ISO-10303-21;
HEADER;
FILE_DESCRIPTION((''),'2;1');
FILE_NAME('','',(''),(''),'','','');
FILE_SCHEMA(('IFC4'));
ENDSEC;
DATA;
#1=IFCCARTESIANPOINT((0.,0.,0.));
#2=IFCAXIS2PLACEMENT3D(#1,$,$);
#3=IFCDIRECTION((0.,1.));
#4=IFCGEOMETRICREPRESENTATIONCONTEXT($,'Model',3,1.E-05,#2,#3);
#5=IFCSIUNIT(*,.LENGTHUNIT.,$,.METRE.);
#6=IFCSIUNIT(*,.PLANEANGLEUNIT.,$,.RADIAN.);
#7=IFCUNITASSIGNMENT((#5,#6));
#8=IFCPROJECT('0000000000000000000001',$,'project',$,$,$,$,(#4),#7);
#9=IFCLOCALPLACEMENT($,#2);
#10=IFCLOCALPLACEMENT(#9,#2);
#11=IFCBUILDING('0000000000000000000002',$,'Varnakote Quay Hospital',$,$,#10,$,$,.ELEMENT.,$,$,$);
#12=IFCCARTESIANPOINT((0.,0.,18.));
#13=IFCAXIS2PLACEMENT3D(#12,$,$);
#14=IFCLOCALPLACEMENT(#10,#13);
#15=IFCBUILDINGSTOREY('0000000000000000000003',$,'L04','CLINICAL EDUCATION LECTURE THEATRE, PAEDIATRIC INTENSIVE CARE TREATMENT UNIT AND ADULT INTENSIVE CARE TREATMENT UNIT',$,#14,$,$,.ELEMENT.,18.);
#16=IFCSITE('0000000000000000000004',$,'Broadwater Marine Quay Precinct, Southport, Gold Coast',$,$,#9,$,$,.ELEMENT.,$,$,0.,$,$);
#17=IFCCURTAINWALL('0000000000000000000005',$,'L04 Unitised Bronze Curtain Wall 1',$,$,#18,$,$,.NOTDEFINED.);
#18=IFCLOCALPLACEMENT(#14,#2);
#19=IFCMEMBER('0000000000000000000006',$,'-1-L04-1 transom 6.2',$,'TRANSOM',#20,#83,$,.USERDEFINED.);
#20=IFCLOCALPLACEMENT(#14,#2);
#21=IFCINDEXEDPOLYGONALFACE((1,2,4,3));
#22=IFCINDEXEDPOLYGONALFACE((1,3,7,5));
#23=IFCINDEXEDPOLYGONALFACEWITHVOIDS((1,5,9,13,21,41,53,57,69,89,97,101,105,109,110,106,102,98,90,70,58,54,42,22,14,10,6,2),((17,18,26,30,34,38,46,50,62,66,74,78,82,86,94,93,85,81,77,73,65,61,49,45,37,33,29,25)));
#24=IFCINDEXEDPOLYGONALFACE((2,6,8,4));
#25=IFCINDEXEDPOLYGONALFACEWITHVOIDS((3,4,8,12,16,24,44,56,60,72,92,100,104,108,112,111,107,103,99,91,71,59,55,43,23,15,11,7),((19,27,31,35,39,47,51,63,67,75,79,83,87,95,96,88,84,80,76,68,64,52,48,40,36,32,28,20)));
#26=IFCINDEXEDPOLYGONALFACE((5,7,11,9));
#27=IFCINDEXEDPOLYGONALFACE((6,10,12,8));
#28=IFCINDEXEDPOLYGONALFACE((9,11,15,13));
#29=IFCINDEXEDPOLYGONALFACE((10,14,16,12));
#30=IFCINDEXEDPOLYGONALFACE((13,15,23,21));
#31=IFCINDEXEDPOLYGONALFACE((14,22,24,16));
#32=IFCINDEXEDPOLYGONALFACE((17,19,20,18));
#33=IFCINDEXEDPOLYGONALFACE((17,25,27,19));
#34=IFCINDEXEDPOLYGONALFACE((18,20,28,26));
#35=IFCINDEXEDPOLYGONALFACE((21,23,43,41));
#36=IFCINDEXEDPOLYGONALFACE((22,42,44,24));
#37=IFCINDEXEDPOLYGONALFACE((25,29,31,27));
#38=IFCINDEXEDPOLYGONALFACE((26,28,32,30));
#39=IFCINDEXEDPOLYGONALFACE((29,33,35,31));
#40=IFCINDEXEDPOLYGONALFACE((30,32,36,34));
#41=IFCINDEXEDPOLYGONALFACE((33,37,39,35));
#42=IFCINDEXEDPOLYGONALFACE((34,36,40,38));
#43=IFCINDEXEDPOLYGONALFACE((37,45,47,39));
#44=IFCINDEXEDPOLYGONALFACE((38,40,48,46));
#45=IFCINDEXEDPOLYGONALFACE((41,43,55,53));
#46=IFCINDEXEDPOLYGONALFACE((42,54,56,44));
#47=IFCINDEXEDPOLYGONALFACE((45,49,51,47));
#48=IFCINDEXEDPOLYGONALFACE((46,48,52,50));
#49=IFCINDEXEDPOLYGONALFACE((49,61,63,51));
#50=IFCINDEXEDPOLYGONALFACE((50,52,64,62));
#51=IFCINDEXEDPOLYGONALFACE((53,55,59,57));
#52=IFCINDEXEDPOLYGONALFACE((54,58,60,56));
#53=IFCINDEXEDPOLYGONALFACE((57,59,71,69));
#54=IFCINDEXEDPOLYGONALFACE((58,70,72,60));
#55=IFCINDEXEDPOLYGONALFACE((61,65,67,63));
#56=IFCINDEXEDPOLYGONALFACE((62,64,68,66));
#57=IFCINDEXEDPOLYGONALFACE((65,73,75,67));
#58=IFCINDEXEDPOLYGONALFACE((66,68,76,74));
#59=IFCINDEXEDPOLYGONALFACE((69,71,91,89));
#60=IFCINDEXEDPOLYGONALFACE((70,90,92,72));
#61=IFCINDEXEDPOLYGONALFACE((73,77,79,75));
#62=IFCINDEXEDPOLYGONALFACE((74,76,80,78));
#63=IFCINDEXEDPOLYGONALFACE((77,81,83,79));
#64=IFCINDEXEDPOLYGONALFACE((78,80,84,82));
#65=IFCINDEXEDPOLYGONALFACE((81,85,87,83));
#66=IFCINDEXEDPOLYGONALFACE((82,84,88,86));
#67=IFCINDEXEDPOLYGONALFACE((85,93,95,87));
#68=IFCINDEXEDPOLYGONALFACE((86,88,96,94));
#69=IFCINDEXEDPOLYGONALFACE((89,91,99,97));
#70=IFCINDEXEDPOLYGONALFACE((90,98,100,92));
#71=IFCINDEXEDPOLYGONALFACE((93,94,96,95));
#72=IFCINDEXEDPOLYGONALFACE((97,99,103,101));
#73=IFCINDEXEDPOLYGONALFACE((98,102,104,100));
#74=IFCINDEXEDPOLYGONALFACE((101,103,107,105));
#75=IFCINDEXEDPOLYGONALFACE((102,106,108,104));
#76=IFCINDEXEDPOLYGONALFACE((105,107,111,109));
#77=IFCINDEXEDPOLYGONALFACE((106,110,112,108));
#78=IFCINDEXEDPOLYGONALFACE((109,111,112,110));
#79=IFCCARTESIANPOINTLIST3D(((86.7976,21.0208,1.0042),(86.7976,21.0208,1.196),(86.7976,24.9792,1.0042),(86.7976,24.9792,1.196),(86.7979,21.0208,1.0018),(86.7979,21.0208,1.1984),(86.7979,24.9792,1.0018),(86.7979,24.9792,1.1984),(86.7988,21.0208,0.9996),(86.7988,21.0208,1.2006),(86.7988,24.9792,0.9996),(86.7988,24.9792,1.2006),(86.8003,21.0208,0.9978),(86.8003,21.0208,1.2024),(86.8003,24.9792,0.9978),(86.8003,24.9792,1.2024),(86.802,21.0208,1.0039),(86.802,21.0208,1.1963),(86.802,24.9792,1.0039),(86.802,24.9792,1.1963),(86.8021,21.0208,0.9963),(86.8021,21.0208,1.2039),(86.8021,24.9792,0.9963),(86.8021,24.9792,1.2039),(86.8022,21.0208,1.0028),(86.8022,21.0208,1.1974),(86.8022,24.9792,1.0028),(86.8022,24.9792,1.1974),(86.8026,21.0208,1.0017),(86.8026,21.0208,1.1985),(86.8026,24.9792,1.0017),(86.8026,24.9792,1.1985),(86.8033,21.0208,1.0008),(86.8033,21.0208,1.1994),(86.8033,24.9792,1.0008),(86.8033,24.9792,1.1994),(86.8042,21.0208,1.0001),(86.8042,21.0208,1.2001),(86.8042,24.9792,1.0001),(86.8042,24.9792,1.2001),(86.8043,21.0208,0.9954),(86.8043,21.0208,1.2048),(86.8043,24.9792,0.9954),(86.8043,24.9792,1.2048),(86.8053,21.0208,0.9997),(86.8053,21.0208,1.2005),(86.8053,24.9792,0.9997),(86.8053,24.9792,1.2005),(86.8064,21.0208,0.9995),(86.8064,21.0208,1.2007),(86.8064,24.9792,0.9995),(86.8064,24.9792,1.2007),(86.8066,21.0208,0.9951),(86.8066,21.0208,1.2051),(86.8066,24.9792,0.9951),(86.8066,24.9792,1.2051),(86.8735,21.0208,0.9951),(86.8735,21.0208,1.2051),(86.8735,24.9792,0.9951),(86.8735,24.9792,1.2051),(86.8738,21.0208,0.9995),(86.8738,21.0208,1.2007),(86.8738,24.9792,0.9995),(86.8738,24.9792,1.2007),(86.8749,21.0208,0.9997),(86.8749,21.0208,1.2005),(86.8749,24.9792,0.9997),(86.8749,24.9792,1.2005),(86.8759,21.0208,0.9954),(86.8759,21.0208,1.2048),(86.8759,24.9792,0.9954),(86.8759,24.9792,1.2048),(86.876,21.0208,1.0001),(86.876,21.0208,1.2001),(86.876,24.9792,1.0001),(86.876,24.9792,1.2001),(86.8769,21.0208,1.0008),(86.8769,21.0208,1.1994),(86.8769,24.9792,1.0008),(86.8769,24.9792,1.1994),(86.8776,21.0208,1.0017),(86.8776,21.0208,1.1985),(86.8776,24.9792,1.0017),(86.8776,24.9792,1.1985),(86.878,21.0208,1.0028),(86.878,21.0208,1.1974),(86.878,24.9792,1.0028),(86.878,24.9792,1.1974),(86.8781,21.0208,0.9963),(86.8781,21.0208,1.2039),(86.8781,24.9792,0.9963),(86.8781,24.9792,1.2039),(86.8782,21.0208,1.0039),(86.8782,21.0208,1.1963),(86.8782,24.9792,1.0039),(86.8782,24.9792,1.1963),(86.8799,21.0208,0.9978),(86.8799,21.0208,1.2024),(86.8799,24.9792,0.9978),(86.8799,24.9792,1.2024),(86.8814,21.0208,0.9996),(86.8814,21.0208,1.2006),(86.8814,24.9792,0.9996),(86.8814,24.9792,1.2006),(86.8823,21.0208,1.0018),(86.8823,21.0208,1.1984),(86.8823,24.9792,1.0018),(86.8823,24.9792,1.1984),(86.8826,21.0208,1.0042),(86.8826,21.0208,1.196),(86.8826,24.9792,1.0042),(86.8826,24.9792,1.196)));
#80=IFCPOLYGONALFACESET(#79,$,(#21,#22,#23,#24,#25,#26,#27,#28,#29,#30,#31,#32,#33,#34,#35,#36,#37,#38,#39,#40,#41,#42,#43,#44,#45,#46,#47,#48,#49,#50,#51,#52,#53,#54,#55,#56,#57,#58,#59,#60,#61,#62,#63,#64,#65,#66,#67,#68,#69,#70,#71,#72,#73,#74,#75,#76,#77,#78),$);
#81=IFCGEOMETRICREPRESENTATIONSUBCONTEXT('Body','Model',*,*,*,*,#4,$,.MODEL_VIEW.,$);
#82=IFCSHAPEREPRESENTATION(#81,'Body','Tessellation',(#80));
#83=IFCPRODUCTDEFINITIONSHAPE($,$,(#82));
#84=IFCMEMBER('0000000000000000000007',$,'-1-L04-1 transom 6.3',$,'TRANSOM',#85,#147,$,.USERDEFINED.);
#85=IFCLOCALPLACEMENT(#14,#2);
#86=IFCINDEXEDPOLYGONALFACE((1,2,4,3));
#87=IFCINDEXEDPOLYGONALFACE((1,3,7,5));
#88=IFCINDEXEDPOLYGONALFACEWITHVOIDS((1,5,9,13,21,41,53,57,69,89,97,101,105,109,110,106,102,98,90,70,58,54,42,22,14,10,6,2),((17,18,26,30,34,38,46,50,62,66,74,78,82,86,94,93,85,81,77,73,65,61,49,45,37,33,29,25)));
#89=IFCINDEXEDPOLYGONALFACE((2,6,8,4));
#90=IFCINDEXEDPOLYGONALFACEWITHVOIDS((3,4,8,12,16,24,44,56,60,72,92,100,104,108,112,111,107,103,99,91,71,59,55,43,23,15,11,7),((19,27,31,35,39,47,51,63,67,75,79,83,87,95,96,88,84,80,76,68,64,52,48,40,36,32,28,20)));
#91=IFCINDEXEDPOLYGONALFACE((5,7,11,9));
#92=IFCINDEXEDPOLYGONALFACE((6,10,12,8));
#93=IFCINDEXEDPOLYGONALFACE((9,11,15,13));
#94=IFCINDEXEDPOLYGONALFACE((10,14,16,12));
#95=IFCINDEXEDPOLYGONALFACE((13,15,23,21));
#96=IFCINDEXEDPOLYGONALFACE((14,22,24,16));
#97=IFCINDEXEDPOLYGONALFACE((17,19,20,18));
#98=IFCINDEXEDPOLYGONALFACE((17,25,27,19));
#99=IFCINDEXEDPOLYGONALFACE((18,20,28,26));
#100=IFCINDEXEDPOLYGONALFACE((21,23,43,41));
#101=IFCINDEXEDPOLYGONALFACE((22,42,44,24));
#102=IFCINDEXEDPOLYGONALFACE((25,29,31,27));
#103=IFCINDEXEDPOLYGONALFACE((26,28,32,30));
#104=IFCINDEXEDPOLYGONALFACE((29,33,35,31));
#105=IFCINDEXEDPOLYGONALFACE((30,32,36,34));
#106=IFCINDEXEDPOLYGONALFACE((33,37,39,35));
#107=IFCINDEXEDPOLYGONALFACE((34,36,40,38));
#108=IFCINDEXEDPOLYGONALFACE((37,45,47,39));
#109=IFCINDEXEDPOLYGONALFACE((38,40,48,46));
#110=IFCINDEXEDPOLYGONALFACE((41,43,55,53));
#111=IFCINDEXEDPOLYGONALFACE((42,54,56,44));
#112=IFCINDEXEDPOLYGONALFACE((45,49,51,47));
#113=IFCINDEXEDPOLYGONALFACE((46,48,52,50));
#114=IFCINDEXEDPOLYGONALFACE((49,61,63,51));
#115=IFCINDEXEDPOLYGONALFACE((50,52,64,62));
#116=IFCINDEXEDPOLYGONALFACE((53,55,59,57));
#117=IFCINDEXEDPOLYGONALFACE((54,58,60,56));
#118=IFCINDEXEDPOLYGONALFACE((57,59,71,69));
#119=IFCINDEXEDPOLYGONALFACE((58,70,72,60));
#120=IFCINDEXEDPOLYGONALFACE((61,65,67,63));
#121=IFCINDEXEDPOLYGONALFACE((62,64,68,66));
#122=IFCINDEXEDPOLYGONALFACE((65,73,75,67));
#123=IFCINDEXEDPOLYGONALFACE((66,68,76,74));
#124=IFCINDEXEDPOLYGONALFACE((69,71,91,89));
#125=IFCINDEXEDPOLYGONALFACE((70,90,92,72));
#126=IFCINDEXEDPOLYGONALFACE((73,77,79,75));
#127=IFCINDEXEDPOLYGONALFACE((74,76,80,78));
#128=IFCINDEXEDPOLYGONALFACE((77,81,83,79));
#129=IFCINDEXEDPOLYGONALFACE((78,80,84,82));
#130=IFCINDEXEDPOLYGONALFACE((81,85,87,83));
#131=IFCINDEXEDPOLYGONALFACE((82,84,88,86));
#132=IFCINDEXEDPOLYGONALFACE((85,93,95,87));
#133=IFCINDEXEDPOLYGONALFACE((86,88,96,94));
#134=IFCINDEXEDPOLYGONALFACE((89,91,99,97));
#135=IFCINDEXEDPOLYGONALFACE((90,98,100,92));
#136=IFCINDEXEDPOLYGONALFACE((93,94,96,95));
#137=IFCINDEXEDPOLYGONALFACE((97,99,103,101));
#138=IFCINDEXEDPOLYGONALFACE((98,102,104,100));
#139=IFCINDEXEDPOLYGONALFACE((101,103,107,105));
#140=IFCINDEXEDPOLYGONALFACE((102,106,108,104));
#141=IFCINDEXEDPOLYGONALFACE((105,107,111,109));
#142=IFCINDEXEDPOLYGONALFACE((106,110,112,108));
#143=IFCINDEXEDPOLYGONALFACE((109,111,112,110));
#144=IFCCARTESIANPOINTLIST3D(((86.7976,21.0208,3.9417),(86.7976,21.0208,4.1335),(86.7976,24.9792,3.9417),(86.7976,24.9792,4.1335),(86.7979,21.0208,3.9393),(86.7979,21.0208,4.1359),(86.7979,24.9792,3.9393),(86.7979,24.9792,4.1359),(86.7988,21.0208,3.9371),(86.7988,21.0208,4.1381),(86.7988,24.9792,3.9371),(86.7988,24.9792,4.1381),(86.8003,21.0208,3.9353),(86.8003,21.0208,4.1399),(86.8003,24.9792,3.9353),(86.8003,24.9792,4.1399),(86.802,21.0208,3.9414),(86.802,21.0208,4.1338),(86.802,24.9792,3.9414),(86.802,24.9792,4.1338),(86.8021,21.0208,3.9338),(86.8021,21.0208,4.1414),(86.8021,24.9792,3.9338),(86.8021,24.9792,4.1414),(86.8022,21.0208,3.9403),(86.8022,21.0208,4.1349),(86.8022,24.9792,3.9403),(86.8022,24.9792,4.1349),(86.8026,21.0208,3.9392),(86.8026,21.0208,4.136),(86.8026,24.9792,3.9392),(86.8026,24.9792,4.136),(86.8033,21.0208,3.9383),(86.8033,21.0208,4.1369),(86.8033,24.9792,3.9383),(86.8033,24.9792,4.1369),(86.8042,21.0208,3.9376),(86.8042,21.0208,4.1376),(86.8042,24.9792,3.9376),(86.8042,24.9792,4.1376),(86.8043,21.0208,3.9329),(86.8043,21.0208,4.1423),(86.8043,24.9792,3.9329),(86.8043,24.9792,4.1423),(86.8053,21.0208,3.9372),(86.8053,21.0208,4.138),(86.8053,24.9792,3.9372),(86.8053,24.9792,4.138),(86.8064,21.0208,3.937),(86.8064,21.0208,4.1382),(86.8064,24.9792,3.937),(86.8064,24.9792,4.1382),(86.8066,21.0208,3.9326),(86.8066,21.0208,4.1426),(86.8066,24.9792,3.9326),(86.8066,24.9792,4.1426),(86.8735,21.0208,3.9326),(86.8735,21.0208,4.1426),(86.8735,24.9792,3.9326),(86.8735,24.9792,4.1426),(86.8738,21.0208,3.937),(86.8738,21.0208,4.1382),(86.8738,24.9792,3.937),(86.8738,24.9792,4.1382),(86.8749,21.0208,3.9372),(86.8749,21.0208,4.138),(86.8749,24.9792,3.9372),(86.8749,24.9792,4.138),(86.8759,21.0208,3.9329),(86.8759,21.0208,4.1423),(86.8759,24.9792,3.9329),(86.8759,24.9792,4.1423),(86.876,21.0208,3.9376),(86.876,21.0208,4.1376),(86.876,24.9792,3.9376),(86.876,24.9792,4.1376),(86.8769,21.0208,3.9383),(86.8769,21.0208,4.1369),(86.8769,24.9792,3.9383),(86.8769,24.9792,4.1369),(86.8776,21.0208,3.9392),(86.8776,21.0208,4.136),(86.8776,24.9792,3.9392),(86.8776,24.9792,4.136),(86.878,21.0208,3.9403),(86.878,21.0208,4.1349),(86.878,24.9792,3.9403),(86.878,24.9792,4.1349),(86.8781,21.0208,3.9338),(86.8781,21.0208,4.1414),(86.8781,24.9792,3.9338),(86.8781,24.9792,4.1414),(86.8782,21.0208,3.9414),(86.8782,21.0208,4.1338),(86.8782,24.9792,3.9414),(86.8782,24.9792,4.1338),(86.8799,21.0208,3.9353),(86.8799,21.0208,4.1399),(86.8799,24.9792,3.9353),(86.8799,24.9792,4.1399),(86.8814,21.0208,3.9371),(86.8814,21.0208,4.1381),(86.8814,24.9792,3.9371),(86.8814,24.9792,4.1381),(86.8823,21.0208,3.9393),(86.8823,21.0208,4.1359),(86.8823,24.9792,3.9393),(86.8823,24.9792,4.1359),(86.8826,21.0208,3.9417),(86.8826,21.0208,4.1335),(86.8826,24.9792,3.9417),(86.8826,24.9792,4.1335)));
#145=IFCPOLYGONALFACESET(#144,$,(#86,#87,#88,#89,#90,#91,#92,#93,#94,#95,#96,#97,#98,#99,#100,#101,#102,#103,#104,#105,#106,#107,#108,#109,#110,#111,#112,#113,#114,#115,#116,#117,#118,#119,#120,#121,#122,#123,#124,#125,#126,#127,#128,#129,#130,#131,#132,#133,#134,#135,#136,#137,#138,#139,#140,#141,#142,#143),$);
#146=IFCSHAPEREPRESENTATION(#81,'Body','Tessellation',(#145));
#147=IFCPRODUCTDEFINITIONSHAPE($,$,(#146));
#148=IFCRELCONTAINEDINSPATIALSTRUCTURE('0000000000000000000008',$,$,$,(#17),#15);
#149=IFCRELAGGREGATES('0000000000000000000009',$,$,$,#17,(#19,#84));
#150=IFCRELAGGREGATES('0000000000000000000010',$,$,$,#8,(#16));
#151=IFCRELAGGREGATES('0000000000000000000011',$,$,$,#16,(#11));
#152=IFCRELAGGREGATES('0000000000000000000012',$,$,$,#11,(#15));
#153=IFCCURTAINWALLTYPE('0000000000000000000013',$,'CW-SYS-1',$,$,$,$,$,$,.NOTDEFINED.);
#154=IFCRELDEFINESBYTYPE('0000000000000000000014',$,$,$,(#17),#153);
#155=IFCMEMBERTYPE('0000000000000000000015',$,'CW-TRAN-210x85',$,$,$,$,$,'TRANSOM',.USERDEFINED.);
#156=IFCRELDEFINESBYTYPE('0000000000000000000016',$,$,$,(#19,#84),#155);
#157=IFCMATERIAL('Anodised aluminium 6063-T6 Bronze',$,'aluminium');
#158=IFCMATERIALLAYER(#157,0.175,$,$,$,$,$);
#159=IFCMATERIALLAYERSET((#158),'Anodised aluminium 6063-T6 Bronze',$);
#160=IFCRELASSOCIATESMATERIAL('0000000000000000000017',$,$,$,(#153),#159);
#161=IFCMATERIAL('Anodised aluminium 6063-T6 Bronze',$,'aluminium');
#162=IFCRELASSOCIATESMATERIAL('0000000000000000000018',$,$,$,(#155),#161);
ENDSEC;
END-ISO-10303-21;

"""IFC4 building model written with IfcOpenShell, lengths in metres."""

from ifc_helpers import new_model, si_unit, direction, frame, origin, origin_2d, place, context, subcontext, project, spatial, hollow_rectangle, extrude, material, layer, layer_set, material_profile, profile_set, type_object, element, aggregate, save


model = new_model("IFC4")

# Units and contexts
model_context = context("Model", 3, precision=1e-05, world=origin(), true_north=direction((0.0, 1.0)))
body_context = subcontext(model_context, "Body", "Model", "MODEL_VIEW")
ifc_project = project(units=[si_unit("LENGTHUNIT", "METRE"), si_unit("PLANEANGLEUNIT", "RADIAN")], contexts=[model_context])

# Site, building, storey
site_placement = place(None, origin())
site = spatial("IfcSite", under=ifc_project, at=site_placement, Name="Broadwater Marine Quay Precinct, Southport, Gold Coast", CompositionType="ELEMENT", RefElevation=0.0)
building_placement = place(site_placement, origin())
building = spatial("IfcBuilding", under=site, at=building_placement, Name="Varnakote Quay Hospital", CompositionType="ELEMENT")
storey_placement = place(building_placement, frame((0.0, 0.0, 18.0)))
storey = spatial("IfcBuildingStorey", under=building, at=storey_placement, Name="L04", Description="CLINICAL EDUCATION LECTURE THEATRE, PAEDIATRIC INTENSIVE CARE TREATMENT UNIT AND ADULT INTENSIVE CARE TREATMENT UNIT", CompositionType="ELEMENT", Elevation=18.0)

# Curtain wall, members
ifc_material_1 = material(Name="Anodised aluminium 6063-T6 Bronze", Category="aluminium")
ifc_layer_1 = layer(ifc_material_1, 0.175)
ifc_layer_set_1 = layer_set([ifc_layer_1], Name="Anodised aluminium 6063-T6 Bronze")
curtain_wall_type = type_object("IfcCurtainWallType", Name="CW-SYS-1", PredefinedType="NOTDEFINED", material=ifc_layer_set_1)
curtain_wall_placement = place(storey_placement, origin())
curtain_wall = element("IfcCurtainWall", 1, at=curtain_wall_placement, inside=storey, type_object=curtain_wall_type, Name="L04 Unitised Bronze Curtain Wall 1", PredefinedType="NOTDEFINED")
ifc_material_2 = material(Name="Anodised aluminium 6063-T6 Bronze", Category="aluminium")
ifc_material_profile_1 = material_profile(ifc_material_2, hollow_rectangle(XDim=0.085, YDim=0.21, WallThickness=0.0044, InnerFilletRadius=0.0044, OuterFilletRadius=0.009, at=origin_2d()), Name="CW-TRAN-210x85")
ifc_profile_set_1 = profile_set([ifc_material_profile_1], Name="Anodised aluminium 6063-T6 Bronze")
member_type_1 = type_object("IfcMemberType", Name="CW-TRAN-210x85", ElementType="TRANSOM", PredefinedType="USERDEFINED", material=ifc_profile_set_1)
member_1_placement = place(storey_placement, frame((86.8401, 21.0208, 1.1001), z_axis=(0.0, 1.0, 0.0), x_axis=(-1.0, 0.0, 0.0)))
member_1 = element("IfcMember", 2, at=member_1_placement, type_object=member_type_1, Name="-1-L04-1 transom 6.2", ObjectType="TRANSOM", PredefinedType="USERDEFINED", context=body_context, shape_type="SweptSolid", body=[
    extrude(hollow_rectangle(XDim=0.085, YDim=0.21, WallThickness=0.0044, InnerFilletRadius=0.0044, OuterFilletRadius=0.009, at=origin_2d()), origin(), (0.0, 0.0, 1.0), 3.9585),
])
member_2_placement = place(storey_placement, frame((86.8401, 21.0208, 4.0376), z_axis=(0.0, 1.0, 0.0), x_axis=(-1.0, 0.0, 0.0)))
member_2 = element("IfcMember", 3, at=member_2_placement, type_object=member_type_1, Name="-1-L04-1 transom 6.3", ObjectType="TRANSOM", PredefinedType="USERDEFINED", context=body_context, shape_type="SweptSolid", body=[
    extrude(hollow_rectangle(XDim=0.085, YDim=0.21, WallThickness=0.0044, InnerFilletRadius=0.0044, OuterFilletRadius=0.009, at=origin_2d()), origin(), (0.0, 0.0, 1.0), 3.9585),
])
aggregate(curtain_wall, [member_1, member_2])

save(model, "model.ifc")
